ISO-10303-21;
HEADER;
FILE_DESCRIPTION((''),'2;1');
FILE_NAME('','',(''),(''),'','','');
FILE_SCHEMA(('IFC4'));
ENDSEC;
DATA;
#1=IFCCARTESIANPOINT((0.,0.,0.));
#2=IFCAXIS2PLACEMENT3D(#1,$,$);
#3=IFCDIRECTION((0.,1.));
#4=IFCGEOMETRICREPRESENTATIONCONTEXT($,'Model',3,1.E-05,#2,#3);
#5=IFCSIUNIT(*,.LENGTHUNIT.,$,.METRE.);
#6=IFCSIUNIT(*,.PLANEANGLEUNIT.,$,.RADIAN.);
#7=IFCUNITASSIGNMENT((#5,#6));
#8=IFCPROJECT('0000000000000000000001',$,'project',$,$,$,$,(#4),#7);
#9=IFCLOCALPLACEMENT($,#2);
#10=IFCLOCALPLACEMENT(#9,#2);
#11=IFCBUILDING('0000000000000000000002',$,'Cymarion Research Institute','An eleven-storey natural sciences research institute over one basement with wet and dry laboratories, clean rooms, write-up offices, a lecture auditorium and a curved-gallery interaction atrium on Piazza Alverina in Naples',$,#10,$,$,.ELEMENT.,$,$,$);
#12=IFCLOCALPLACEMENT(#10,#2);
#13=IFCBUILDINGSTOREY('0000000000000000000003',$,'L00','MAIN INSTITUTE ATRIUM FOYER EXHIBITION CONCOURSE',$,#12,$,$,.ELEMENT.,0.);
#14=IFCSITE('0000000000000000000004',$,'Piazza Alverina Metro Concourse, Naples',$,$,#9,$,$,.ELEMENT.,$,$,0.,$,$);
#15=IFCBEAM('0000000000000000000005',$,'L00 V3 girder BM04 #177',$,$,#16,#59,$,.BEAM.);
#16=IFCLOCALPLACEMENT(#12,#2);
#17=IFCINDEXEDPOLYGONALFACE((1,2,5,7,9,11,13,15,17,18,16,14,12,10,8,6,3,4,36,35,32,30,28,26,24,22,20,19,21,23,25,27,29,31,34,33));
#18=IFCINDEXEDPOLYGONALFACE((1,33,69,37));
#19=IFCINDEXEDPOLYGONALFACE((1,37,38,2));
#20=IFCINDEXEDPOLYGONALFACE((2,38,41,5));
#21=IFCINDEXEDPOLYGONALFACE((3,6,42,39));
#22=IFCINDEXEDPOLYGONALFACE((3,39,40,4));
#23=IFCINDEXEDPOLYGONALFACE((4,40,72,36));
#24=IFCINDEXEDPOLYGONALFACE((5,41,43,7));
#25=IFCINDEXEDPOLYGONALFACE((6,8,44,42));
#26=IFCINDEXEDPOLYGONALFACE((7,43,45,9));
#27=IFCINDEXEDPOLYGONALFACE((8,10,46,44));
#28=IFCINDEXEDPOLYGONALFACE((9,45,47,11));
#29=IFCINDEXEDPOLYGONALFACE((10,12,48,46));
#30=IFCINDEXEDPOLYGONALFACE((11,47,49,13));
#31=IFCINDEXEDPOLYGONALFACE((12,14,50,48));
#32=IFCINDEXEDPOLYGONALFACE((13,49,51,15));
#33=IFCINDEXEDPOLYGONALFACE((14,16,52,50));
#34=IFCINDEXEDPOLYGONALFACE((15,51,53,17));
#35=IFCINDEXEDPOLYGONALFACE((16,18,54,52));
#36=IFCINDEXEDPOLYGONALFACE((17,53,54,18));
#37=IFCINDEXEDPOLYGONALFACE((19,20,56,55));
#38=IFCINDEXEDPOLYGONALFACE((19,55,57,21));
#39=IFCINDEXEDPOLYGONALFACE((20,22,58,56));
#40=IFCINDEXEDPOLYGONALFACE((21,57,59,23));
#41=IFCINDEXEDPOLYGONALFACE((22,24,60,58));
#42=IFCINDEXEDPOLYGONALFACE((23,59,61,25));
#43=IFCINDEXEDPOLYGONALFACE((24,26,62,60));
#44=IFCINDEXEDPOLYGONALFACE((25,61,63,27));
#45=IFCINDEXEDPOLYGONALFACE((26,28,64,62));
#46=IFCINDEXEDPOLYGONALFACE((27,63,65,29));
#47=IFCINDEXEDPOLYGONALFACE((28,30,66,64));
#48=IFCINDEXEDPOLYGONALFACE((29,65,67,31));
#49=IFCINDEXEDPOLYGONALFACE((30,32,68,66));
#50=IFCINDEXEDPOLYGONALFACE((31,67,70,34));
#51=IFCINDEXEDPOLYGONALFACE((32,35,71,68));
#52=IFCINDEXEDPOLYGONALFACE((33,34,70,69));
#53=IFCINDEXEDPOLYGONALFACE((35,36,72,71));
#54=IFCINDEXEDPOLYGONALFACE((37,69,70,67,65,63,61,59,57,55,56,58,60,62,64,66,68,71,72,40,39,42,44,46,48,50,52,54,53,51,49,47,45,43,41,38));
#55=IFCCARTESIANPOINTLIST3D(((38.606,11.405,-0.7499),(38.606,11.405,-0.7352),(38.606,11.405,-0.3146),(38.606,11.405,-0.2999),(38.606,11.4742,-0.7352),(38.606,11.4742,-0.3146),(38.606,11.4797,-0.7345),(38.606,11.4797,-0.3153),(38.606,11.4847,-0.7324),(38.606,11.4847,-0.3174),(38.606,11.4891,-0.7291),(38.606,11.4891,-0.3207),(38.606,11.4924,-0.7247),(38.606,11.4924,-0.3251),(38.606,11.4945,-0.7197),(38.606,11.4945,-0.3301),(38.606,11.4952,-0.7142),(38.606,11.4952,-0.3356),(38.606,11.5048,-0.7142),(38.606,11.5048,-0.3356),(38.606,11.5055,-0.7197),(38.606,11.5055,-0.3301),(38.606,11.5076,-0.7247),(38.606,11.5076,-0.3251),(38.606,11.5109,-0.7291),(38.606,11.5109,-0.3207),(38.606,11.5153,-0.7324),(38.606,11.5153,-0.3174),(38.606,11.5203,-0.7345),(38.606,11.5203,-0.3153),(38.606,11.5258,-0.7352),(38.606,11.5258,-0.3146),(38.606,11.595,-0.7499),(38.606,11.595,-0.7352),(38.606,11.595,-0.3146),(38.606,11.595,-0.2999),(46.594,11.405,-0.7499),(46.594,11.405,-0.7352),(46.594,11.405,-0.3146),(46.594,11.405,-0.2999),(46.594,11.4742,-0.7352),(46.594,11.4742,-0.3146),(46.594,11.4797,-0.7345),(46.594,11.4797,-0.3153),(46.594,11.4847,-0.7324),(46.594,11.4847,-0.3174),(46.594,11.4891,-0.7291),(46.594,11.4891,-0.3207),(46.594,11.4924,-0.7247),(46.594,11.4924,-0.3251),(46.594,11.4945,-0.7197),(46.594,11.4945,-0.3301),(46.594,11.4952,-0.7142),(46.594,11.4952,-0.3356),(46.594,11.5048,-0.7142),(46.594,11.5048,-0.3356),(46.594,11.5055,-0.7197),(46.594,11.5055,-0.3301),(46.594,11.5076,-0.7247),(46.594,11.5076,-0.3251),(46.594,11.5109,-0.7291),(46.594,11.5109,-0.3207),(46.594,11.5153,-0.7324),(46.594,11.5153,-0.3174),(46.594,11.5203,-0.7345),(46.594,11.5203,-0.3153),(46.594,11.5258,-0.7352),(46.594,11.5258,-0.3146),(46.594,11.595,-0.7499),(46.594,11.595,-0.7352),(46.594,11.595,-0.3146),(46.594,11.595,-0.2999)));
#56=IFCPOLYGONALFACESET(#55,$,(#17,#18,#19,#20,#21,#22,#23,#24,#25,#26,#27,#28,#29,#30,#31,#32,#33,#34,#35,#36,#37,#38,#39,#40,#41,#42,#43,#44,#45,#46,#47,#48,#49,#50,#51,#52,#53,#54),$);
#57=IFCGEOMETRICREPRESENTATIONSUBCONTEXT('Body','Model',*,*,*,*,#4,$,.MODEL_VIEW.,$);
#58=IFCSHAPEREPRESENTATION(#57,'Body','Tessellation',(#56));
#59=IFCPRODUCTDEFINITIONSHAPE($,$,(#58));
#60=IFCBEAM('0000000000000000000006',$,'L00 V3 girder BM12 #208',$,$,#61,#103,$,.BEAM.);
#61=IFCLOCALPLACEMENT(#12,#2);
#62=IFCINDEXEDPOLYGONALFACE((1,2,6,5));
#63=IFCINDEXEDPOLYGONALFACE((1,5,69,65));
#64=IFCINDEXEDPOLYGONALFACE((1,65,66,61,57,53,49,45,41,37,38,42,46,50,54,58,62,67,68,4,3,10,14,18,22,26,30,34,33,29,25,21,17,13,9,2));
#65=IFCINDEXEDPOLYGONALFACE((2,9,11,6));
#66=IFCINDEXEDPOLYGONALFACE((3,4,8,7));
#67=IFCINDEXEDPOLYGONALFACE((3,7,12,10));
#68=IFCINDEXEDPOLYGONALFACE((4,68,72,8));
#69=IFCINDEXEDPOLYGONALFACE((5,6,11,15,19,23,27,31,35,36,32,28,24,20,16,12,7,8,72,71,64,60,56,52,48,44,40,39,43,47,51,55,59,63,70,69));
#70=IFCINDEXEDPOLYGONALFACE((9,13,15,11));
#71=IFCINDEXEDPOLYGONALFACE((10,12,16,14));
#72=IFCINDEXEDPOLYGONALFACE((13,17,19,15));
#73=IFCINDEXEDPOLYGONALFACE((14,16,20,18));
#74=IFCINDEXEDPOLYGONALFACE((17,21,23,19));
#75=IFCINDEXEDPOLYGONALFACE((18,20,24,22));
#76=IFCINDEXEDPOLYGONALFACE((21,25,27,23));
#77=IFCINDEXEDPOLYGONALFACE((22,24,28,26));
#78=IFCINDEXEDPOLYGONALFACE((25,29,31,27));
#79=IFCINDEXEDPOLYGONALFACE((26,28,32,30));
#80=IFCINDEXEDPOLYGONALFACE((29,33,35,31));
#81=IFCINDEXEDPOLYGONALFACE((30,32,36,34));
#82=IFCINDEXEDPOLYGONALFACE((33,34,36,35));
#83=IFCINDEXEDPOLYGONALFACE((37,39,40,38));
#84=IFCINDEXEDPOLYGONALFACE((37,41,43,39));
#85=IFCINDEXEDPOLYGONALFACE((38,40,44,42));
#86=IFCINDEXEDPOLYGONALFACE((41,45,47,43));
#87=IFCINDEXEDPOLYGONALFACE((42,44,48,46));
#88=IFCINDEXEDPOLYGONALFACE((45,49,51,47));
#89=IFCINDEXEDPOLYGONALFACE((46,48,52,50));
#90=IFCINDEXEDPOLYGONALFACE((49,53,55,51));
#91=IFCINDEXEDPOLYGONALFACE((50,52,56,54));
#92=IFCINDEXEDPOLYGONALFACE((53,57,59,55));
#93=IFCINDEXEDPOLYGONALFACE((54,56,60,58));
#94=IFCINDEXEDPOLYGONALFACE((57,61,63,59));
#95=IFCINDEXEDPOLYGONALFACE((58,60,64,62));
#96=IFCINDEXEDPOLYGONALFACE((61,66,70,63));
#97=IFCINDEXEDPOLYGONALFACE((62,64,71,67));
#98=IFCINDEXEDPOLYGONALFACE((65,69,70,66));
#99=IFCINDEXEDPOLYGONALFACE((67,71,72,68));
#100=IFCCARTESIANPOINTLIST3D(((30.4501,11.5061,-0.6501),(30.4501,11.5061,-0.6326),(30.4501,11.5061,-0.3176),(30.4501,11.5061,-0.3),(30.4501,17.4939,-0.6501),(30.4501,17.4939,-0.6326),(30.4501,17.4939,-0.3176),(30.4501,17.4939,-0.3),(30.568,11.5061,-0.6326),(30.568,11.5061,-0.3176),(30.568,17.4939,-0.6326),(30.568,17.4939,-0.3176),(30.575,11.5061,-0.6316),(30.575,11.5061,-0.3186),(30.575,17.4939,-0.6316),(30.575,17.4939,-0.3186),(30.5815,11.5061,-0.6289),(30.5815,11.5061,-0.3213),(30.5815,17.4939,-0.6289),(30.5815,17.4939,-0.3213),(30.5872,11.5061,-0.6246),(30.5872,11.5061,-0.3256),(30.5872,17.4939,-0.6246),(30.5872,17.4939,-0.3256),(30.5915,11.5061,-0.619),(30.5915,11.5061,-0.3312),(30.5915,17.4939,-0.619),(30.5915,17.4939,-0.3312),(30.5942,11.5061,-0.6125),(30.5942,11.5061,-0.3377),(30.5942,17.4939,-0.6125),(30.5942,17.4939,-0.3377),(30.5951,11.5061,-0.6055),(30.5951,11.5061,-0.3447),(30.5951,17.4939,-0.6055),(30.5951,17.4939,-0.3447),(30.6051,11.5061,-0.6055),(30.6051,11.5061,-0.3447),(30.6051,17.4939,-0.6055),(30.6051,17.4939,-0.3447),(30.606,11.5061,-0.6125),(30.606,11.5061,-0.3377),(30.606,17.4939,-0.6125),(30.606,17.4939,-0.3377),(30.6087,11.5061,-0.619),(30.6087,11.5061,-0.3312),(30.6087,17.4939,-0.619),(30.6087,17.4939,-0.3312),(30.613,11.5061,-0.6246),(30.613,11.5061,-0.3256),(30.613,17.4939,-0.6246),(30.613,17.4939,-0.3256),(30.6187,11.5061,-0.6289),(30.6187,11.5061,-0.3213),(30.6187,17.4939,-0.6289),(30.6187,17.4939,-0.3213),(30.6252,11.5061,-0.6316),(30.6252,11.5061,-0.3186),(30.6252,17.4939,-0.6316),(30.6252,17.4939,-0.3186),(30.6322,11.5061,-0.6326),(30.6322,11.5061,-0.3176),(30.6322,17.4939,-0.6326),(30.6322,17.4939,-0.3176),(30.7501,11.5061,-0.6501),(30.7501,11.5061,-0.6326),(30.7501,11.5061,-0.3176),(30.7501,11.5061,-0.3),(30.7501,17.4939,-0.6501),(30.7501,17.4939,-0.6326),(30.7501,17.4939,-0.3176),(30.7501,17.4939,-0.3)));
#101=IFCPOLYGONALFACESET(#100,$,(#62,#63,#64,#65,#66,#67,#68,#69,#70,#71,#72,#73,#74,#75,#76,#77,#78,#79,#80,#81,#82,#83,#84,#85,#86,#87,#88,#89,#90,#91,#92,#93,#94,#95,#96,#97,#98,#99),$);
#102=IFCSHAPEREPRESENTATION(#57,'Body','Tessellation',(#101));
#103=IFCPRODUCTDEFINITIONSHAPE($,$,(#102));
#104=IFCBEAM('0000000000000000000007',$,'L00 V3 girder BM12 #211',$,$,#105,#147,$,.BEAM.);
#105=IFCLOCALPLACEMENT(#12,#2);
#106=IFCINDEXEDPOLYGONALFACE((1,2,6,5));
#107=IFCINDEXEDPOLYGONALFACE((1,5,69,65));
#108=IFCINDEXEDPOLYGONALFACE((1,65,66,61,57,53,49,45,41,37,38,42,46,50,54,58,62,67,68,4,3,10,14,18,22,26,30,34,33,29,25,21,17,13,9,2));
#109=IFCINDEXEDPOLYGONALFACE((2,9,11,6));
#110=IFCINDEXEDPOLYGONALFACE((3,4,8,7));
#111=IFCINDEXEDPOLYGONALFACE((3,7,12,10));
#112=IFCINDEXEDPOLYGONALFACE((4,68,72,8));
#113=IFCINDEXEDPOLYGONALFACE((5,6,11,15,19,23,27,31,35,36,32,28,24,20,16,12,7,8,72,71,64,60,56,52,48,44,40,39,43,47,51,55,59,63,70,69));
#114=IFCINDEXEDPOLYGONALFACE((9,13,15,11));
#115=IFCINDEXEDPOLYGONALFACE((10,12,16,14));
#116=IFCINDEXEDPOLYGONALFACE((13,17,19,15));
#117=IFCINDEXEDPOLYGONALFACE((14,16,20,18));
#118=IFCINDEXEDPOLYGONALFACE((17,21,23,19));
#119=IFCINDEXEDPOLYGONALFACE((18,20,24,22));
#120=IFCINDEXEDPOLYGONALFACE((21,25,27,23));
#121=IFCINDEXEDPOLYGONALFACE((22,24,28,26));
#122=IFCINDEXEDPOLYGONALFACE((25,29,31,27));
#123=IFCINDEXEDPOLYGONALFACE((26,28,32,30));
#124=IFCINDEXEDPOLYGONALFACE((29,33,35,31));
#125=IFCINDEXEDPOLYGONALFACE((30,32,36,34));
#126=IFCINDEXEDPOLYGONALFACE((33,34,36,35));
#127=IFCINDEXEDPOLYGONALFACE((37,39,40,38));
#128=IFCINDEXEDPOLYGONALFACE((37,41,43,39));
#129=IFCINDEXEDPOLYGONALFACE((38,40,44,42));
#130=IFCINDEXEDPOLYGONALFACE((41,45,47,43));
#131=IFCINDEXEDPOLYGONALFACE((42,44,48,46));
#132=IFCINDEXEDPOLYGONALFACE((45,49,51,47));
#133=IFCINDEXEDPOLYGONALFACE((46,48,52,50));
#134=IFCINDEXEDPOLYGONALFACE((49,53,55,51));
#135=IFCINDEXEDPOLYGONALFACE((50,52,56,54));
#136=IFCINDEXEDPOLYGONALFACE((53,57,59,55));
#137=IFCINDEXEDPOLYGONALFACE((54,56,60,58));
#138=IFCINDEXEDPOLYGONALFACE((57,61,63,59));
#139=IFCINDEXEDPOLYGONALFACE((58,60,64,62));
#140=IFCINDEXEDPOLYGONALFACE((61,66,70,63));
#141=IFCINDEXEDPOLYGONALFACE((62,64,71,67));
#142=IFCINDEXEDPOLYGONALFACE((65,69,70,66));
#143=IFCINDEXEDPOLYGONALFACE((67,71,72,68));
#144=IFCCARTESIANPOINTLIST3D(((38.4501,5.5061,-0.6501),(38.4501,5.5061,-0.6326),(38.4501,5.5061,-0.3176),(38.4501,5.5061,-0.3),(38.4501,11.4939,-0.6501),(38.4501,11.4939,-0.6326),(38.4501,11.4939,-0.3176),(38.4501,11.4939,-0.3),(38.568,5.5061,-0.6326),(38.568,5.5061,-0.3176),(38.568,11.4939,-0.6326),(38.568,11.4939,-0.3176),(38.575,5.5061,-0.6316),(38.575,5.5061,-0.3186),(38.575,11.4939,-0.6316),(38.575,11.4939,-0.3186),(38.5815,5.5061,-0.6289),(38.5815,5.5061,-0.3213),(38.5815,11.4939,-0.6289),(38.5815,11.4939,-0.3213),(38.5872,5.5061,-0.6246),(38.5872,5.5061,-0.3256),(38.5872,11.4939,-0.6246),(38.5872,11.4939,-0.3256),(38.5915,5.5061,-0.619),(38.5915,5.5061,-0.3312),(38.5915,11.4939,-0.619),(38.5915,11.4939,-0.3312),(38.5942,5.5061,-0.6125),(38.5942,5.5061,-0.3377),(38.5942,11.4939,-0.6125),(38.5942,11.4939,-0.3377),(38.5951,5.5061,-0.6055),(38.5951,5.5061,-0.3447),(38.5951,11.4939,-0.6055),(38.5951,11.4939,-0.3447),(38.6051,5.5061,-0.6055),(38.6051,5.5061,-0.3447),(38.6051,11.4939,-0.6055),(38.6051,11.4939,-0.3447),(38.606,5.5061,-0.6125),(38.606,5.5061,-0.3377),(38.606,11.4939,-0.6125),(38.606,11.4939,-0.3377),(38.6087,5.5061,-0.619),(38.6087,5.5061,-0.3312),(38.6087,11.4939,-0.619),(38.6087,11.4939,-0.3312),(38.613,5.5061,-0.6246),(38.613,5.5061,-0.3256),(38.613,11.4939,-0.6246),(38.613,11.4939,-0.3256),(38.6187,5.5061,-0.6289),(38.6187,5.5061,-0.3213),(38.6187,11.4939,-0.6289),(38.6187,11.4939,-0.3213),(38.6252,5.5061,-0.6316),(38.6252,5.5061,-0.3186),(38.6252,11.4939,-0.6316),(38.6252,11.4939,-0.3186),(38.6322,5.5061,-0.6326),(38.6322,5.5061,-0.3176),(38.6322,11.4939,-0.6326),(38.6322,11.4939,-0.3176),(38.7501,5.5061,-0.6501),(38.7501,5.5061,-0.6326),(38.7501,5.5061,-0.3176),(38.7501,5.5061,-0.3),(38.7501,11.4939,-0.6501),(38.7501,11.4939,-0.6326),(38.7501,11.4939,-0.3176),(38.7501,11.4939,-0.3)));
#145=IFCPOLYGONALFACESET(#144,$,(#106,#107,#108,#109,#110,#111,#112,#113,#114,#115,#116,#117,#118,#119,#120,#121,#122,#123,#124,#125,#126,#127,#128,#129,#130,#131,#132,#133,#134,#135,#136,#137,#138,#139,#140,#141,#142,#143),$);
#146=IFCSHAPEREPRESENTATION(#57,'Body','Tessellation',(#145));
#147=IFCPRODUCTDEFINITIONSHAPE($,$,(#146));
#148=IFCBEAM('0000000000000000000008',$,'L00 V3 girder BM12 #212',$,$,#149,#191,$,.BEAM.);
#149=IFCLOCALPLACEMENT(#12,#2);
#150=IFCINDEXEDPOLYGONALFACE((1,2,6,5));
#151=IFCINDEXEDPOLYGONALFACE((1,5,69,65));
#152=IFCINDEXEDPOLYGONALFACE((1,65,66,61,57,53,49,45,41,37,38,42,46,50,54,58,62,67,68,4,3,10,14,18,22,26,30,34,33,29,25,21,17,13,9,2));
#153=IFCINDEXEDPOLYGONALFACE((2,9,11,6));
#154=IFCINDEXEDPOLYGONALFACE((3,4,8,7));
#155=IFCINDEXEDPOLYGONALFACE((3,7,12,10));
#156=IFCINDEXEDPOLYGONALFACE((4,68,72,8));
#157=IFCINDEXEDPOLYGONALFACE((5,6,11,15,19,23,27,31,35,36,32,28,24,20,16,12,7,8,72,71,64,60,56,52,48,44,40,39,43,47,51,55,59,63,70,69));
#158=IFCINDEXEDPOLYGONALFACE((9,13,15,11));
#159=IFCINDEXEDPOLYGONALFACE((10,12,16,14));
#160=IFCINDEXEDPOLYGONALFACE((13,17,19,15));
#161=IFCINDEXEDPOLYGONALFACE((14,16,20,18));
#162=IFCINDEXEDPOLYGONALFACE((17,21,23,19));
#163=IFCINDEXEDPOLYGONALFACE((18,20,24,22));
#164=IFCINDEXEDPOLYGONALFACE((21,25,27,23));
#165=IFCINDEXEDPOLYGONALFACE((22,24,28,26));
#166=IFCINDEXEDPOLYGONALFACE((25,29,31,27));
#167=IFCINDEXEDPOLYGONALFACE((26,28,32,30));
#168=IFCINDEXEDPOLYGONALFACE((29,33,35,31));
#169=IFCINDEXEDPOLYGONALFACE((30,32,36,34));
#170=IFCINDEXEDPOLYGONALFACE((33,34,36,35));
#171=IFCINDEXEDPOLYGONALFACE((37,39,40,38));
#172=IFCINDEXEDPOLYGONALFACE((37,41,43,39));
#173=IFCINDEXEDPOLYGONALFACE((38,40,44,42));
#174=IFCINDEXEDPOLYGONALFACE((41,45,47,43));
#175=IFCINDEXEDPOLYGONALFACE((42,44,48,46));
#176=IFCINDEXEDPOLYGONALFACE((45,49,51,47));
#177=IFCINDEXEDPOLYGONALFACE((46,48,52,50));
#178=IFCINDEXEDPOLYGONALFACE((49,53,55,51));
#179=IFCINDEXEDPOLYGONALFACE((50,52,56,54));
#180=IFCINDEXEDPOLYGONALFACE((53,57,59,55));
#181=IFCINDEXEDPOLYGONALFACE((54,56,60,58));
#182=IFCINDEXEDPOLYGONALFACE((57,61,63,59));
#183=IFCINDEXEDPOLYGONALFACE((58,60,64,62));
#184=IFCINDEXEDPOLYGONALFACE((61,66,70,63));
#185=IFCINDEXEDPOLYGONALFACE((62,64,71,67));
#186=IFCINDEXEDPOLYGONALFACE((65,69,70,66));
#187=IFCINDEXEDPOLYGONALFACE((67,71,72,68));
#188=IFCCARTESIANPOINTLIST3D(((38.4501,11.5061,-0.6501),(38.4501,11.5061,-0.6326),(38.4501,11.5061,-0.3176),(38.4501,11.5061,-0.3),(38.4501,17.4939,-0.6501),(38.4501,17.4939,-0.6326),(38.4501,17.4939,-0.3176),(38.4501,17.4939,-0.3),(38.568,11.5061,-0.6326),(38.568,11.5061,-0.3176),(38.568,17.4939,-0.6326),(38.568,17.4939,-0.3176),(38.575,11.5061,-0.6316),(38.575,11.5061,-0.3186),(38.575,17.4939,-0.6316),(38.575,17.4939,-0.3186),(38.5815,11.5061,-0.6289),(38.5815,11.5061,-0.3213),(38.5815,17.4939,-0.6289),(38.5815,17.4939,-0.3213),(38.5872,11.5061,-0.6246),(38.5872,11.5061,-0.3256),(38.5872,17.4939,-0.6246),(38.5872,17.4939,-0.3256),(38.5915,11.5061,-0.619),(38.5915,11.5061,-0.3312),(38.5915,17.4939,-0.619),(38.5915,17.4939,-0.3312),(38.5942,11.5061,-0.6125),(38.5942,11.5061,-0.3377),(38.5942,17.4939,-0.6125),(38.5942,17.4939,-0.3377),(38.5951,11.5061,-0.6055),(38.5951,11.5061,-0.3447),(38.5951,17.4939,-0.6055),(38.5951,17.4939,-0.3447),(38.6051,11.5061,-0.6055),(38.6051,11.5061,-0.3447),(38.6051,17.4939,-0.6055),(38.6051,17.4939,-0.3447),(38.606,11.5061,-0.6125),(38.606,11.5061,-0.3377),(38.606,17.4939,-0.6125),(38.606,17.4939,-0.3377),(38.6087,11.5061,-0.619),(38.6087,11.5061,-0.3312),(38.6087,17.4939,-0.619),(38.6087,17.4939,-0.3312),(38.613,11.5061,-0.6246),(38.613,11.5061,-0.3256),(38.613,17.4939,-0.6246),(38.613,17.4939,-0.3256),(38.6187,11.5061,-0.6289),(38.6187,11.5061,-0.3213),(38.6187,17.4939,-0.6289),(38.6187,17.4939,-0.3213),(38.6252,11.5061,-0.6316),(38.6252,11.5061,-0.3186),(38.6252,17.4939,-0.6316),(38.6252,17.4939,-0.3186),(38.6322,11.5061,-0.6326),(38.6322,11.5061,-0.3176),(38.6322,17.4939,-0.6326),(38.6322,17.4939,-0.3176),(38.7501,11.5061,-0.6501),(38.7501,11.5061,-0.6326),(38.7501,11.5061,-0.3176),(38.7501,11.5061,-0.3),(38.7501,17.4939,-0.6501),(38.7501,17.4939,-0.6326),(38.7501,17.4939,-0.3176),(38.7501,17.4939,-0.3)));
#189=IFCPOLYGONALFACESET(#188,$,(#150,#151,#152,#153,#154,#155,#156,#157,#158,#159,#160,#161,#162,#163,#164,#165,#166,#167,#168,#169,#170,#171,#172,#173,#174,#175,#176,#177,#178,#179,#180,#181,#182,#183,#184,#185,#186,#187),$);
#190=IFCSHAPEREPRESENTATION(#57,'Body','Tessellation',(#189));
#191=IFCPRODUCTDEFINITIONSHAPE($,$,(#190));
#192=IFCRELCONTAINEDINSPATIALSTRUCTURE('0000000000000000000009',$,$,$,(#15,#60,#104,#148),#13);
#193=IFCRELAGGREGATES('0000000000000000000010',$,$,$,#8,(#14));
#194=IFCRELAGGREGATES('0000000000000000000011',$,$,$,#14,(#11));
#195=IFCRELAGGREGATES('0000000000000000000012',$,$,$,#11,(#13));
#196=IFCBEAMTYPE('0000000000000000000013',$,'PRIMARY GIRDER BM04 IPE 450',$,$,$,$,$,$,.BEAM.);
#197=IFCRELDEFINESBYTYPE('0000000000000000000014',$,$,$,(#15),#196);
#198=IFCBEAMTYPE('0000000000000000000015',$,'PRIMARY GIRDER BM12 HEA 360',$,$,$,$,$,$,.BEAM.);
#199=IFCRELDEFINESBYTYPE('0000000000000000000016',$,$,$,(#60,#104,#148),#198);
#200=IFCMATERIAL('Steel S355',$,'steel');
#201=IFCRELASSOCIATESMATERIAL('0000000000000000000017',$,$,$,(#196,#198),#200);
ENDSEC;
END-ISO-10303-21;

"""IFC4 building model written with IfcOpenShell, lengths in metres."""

from ifc_helpers import new_model, si_unit, direction, frame, origin, origin_2d, place, context, subcontext, project, spatial, i_section, extrude, material, material_profile, profile_set, type_object, element, save


model = new_model("IFC4")

# Units and contexts
model_context = context("Model", 3, precision=1e-05, world=origin(), true_north=direction((0.0, 1.0)))
body_context = subcontext(model_context, "Body", "Model", "MODEL_VIEW")
ifc_project = project(units=[si_unit("LENGTHUNIT", "METRE"), si_unit("PLANEANGLEUNIT", "RADIAN")], contexts=[model_context])

# Site, building, storey
site_placement = place(None, origin())
site = spatial("IfcSite", under=ifc_project, at=site_placement, Name="Piazza Alverina Metro Concourse, Naples", CompositionType="ELEMENT", RefElevation=0.0)
building_placement = place(site_placement, origin())
building = spatial("IfcBuilding", under=site, at=building_placement, Name="Cymarion Research Institute", Description="An eleven-storey natural sciences research institute over one basement with wet and dry laboratories, clean rooms, write-up offices, a lecture auditorium and a curved-gallery interaction atrium on Piazza Alverina in Naples", CompositionType="ELEMENT")
storey_placement = place(building_placement, origin())
storey = spatial("IfcBuildingStorey", under=building, at=storey_placement, Name="L00", Description="MAIN INSTITUTE ATRIUM FOYER EXHIBITION CONCOURSE", CompositionType="ELEMENT", Elevation=0.0)

# Shared definitions
ifc_material_1 = material(Name="Steel S355", Category="steel")

# Beams
ifc_material_profile_1 = material_profile(ifc_material_1, i_section(OverallWidth=0.1899, OverallDepth=0.45, WebThickness=0.0095, FlangeThickness=0.0146, FilletRadius=0.021, at=origin_2d()), Name="IPE 450")
ifc_profile_set_1 = profile_set([ifc_material_profile_1], Name="Steel S355")
beam_type_1 = type_object("IfcBeamType", Name="PRIMARY GIRDER BM04 IPE 450", PredefinedType="BEAM", material=ifc_profile_set_1)
for number, where, z_axis, x_axis, name in (
    (1, (38.606, 11.5, -0.5249), (1.0, 0.0, 0.0), (0.0, 1.0, 0.0), "L00 V3 girder BM04 #177"),
):
    element("IfcBeam", number, at=place(storey_placement, frame(where, z_axis=z_axis, x_axis=x_axis)), inside=storey, type_object=beam_type_1, Name=name, PredefinedType="BEAM", context=body_context, shape_type="SweptSolid", body=[
        extrude(i_section(OverallWidth=0.1899, OverallDepth=0.45, WebThickness=0.0095, FlangeThickness=0.0146, FilletRadius=0.021, at=origin_2d()), origin(), (0.0, 0.0, 1.0), 7.988),
    ])
ifc_material_profile_2 = material_profile(ifc_material_1, i_section(OverallWidth=0.3, OverallDepth=0.3501, WebThickness=0.01, FlangeThickness=0.0176, FilletRadius=0.0271, at=origin_2d()), Name="HEA 360")
ifc_profile_set_2 = profile_set([ifc_material_profile_2], Name="Steel S355")
beam_type_2 = type_object("IfcBeamType", Name="PRIMARY GIRDER BM12 HEA 360", PredefinedType="BEAM", material=ifc_profile_set_2)
for number, where, z_axis, x_axis, name in (
    (2, (30.6001, 11.5061, -0.4751), (0.0, 1.0, 0.0), (-1.0, 0.0, 0.0), "L00 V3 girder BM12 #208"),
    (3, (38.6001, 5.5061, -0.4751), (0.0, 1.0, 0.0), (-1.0, 0.0, 0.0), "L00 V3 girder BM12 #211"),
    (4, (38.6001, 11.5061, -0.4751), (0.0, 1.0, 0.0), (-1.0, 0.0, 0.0), "L00 V3 girder BM12 #212"),
):
    element("IfcBeam", number, at=place(storey_placement, frame(where, z_axis=z_axis, x_axis=x_axis)), inside=storey, type_object=beam_type_2, Name=name, PredefinedType="BEAM", context=body_context, shape_type="SweptSolid", body=[
        extrude(i_section(OverallWidth=0.3, OverallDepth=0.3501, WebThickness=0.01, FlangeThickness=0.0176, FilletRadius=0.0271, at=origin_2d()), origin(), (0.0, 0.0, 1.0), 5.9878),
    ])

save(model, "model.ifc")
